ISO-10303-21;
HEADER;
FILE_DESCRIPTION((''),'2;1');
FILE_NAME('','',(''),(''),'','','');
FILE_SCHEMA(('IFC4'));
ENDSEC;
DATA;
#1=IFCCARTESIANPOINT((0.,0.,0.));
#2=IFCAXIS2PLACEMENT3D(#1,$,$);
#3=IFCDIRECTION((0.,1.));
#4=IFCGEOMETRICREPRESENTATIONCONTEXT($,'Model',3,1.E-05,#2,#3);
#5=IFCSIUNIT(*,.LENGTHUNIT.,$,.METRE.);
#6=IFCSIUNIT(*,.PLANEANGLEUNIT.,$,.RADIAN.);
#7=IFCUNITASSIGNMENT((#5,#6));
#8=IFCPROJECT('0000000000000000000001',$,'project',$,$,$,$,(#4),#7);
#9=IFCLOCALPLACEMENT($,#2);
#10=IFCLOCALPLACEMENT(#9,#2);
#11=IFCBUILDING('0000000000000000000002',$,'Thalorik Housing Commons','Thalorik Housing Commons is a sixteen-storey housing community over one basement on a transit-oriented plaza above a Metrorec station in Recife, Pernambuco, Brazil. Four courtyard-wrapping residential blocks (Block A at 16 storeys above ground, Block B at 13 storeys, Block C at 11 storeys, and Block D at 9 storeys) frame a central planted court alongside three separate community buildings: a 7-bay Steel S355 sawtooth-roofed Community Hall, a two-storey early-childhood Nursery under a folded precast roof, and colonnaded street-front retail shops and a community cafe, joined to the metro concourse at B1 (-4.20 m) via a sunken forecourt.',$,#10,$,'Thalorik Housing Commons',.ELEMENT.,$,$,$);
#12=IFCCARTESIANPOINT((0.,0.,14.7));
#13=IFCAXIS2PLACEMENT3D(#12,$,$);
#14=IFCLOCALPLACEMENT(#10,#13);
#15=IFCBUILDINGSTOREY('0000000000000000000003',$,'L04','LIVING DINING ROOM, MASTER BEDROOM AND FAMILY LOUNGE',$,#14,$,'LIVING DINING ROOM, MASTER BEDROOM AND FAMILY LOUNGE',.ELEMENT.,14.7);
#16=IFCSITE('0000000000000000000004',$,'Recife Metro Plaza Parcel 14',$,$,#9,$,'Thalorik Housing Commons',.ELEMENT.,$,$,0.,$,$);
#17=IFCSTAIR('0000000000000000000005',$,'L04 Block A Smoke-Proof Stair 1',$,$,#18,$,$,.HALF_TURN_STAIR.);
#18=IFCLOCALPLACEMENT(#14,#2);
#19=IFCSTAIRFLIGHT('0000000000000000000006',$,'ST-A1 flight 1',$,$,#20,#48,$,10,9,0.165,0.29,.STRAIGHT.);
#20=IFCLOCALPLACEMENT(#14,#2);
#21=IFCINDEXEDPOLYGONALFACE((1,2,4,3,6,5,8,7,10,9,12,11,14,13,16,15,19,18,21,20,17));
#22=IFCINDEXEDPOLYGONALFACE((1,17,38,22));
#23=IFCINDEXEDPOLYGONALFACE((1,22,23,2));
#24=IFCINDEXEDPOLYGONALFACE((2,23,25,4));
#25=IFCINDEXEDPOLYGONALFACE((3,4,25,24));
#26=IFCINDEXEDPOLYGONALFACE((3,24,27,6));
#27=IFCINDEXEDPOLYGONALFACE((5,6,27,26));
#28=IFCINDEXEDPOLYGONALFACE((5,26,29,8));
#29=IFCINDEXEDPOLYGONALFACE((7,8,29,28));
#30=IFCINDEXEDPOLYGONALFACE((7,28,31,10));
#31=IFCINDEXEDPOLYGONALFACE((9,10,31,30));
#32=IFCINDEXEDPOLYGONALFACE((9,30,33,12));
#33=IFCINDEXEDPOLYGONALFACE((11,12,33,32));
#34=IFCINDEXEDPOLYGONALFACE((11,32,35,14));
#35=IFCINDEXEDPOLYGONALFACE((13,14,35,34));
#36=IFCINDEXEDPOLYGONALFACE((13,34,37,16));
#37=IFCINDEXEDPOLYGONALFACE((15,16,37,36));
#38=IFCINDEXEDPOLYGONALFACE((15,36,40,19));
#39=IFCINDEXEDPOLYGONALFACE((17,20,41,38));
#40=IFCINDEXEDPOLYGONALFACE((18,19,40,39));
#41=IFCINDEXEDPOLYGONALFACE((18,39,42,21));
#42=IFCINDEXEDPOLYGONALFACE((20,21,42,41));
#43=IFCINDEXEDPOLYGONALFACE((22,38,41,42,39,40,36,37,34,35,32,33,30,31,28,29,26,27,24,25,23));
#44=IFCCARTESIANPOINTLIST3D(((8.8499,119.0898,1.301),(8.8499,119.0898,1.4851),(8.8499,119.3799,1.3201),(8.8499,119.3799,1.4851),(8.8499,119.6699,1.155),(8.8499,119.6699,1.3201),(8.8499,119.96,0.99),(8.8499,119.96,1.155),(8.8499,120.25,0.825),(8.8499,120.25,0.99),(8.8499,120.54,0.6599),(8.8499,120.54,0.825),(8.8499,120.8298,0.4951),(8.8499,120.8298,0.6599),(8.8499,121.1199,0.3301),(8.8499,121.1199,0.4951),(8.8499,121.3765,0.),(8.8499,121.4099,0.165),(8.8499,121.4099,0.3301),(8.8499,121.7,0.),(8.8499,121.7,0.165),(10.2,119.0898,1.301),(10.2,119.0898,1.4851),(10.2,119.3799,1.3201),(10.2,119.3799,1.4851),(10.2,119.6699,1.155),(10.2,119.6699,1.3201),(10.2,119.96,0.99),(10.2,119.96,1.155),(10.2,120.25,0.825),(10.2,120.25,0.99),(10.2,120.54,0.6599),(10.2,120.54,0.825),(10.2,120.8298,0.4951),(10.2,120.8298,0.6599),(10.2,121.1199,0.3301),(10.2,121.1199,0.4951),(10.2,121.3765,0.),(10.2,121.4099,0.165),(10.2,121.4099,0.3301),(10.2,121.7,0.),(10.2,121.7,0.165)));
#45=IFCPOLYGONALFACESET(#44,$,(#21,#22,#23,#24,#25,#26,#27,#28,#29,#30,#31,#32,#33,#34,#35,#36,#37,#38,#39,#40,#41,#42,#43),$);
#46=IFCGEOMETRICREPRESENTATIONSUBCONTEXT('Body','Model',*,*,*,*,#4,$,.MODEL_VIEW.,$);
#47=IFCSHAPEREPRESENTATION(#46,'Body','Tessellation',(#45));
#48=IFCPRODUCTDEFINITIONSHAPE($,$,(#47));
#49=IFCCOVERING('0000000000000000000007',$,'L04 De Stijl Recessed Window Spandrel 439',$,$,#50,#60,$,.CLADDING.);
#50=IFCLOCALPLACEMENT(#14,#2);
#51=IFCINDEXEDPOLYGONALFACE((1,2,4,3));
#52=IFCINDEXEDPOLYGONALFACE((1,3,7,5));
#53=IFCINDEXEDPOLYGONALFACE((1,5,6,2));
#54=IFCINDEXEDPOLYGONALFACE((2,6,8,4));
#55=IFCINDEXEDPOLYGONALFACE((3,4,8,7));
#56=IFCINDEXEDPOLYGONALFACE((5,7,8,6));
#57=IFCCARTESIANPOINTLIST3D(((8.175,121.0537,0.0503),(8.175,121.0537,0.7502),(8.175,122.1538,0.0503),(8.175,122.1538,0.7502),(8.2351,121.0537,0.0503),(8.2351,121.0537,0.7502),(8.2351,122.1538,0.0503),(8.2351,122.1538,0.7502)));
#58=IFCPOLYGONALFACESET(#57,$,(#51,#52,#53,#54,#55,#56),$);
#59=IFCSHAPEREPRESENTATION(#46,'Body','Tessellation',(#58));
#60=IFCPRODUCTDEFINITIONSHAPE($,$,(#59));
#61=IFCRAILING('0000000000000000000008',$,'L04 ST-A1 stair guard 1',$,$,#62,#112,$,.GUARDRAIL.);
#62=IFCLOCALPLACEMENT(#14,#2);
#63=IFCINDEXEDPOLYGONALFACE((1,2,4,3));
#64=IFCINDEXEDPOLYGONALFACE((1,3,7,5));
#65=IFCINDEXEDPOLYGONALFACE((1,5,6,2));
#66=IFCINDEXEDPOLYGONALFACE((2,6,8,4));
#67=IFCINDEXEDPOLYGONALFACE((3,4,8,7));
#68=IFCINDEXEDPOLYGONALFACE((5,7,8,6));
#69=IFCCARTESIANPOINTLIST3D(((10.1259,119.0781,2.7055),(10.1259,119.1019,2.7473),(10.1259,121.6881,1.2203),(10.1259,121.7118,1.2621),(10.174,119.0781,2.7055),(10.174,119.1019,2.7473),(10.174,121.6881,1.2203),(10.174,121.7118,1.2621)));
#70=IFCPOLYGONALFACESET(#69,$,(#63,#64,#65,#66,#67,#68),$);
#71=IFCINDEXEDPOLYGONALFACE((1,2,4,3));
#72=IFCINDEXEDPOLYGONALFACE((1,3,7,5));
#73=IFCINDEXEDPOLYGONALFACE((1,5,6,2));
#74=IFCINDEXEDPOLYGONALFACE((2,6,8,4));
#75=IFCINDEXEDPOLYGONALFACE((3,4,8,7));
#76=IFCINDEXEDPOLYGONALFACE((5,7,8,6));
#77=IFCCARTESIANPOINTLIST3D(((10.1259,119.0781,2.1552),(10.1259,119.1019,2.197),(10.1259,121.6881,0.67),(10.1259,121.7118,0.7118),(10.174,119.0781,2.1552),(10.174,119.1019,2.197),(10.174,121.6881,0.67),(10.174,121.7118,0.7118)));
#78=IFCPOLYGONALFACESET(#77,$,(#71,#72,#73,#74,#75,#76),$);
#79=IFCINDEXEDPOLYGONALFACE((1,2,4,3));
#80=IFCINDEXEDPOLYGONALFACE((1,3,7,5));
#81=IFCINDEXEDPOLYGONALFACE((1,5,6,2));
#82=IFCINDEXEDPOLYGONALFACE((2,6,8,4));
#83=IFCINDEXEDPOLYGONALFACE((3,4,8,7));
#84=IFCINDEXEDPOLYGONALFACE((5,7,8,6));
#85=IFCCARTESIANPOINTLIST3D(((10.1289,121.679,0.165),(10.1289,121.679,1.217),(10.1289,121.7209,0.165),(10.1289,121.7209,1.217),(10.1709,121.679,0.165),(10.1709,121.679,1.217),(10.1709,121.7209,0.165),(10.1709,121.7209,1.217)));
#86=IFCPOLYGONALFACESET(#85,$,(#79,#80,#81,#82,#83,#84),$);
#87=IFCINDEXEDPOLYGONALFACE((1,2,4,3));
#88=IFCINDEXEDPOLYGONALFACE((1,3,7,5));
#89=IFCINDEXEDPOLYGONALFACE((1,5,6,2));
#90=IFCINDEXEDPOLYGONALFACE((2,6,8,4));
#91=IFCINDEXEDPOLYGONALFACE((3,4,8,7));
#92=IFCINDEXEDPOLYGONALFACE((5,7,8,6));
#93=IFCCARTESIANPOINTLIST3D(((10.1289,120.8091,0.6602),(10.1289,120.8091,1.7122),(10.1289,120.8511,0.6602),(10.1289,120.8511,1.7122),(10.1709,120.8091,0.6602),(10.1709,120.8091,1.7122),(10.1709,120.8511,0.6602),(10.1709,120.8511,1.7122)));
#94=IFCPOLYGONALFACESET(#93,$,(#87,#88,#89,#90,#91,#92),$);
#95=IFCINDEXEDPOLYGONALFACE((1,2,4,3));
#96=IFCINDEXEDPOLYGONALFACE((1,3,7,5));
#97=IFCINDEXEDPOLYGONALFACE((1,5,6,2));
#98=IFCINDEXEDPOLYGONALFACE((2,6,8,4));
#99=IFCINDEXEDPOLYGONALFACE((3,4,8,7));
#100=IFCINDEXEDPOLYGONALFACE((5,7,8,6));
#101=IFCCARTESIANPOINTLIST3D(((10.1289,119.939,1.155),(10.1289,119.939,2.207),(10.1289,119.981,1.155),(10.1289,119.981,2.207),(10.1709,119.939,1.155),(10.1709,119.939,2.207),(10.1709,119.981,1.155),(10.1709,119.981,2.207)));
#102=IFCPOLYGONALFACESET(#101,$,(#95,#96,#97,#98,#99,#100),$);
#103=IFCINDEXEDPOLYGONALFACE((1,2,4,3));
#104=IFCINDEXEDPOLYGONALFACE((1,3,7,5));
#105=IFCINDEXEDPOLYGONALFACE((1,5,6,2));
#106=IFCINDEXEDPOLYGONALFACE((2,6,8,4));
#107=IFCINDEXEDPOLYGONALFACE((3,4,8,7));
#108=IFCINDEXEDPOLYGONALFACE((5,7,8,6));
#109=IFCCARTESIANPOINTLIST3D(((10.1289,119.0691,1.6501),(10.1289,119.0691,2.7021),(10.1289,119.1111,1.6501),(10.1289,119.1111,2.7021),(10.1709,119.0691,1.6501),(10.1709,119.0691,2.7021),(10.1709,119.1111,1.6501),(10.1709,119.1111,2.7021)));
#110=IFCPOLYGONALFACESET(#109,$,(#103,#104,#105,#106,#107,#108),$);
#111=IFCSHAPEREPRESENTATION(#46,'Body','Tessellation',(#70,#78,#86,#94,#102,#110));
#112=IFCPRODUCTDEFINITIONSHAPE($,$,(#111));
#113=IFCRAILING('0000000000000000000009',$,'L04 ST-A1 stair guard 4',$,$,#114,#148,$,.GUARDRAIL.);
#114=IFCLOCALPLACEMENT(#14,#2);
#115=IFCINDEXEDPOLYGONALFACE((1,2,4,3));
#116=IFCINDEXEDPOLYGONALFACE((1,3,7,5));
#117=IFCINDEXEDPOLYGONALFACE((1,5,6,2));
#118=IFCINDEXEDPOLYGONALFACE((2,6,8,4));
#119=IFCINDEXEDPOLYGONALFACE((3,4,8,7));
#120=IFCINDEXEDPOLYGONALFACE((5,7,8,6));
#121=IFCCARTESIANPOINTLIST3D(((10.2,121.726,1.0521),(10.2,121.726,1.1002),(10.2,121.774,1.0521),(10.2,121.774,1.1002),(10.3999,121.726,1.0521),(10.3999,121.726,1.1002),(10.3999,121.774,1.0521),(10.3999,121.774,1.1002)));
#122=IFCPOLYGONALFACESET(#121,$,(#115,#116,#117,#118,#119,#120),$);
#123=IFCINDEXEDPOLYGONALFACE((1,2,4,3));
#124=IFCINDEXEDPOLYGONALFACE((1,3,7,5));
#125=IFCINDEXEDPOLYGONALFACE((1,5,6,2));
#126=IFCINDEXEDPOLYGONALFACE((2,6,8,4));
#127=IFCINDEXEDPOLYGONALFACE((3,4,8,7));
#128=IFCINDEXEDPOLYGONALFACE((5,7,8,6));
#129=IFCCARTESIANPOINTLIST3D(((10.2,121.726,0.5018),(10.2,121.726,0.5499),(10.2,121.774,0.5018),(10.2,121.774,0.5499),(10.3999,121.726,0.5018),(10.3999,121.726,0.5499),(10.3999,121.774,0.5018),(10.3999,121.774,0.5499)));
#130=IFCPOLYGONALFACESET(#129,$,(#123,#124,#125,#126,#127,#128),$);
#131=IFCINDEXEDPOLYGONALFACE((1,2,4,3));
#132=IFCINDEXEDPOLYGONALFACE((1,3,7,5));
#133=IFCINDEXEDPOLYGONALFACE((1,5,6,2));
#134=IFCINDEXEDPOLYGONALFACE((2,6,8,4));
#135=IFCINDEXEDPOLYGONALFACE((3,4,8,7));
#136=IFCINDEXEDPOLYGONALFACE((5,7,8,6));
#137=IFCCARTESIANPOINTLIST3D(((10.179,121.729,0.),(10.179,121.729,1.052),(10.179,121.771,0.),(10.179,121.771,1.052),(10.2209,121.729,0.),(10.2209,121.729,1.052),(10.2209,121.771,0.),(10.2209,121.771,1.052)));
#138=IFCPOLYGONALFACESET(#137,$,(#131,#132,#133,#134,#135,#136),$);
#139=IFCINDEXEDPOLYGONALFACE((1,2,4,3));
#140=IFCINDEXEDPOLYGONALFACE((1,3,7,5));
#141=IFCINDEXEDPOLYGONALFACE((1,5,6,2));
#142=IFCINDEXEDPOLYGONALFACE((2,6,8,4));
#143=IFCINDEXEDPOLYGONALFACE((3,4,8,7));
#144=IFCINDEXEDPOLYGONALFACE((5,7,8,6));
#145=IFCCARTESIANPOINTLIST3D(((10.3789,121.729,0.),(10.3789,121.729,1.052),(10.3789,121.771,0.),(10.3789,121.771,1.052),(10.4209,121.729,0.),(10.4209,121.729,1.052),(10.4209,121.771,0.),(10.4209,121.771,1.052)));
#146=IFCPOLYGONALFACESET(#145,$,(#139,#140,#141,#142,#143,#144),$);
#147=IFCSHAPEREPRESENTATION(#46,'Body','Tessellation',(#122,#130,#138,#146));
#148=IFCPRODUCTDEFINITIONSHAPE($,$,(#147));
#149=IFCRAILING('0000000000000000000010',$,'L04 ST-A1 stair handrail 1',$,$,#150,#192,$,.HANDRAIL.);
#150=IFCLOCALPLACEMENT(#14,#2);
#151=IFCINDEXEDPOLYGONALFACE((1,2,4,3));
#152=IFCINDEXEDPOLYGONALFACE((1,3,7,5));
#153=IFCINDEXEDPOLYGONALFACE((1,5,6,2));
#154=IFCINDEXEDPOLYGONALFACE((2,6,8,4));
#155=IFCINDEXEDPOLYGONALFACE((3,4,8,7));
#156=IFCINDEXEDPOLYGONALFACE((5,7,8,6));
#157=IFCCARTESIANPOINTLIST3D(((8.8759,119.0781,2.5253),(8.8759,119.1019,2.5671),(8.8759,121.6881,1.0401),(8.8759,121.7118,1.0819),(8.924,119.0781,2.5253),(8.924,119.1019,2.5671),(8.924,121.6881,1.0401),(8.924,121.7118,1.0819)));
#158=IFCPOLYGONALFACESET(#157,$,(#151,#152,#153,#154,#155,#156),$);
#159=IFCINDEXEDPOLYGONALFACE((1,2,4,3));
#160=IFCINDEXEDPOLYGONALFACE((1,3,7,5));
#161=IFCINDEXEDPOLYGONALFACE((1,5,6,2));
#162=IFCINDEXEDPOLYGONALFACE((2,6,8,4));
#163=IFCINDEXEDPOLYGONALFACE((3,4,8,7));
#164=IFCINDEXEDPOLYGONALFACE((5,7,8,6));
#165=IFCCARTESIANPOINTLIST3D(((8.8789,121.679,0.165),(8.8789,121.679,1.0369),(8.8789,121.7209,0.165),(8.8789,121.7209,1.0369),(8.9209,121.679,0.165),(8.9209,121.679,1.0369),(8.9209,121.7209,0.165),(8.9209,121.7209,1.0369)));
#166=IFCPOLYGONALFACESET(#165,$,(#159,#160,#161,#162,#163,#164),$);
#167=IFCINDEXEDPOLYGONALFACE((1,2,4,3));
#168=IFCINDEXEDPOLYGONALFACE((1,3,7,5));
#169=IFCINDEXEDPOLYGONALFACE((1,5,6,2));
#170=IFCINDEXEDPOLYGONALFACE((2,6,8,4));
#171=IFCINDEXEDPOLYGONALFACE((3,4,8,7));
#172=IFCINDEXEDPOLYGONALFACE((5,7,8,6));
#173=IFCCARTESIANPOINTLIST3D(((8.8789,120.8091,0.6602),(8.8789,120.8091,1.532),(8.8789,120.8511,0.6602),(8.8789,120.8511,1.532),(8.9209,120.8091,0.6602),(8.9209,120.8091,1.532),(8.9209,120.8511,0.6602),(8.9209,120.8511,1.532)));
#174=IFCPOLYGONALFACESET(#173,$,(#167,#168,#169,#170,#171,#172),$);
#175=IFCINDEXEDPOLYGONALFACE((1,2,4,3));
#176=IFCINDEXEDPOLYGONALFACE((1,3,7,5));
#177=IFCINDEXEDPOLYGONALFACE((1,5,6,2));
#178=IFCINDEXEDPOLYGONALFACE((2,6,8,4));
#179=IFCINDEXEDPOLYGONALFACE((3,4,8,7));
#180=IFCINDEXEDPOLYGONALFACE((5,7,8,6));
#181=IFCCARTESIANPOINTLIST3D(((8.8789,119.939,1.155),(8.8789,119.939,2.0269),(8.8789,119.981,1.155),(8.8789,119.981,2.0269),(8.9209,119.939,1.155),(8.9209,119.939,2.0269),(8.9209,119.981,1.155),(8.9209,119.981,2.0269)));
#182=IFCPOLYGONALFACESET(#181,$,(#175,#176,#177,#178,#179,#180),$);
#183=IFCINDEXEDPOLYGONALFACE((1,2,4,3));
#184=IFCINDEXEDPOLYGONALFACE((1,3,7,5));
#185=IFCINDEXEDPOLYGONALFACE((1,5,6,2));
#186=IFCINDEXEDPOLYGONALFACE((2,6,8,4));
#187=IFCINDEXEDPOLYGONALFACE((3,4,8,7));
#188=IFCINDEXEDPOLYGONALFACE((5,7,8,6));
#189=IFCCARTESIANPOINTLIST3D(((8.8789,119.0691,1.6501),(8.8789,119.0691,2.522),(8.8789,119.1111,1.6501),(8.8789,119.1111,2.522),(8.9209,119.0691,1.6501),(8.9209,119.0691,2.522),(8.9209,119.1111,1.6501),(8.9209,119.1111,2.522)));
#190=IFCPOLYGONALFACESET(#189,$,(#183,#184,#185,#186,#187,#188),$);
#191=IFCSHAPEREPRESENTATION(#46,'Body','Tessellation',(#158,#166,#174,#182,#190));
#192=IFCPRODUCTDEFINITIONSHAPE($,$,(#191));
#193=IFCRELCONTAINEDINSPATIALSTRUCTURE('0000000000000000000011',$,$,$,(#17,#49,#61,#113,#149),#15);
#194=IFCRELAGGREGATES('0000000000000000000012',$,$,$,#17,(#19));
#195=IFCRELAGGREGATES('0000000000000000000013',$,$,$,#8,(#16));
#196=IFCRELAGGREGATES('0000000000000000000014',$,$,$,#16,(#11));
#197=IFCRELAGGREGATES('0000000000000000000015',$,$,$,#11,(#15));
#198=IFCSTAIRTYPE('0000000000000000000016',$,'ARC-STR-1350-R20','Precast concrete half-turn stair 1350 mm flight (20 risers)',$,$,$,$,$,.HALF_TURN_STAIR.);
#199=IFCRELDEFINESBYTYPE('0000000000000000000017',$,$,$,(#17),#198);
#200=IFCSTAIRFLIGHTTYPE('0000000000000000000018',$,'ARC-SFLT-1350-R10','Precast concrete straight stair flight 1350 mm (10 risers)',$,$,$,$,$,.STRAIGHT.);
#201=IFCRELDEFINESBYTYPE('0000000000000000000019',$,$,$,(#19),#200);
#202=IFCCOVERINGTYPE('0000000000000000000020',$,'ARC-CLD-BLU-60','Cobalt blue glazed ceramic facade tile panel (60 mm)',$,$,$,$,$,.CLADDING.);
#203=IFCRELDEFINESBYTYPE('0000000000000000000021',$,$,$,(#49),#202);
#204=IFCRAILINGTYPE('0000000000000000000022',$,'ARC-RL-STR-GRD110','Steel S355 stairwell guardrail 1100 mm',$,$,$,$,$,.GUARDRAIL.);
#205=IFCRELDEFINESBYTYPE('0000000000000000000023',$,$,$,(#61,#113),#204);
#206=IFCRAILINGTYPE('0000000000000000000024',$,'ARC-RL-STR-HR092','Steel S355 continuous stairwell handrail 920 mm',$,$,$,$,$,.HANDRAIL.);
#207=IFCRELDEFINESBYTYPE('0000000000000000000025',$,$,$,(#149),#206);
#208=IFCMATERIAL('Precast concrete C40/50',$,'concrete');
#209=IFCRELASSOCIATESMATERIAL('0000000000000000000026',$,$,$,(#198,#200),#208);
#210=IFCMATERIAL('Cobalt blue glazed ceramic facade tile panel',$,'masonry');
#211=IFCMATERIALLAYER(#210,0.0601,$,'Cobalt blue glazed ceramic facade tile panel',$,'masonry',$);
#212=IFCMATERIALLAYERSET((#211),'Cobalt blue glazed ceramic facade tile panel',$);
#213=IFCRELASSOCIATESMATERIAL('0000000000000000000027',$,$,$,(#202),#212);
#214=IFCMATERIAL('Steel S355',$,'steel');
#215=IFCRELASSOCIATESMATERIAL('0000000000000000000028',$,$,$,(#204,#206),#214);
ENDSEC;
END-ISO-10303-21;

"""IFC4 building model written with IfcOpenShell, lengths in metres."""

from ifc_helpers import new_model, si_unit, direction, frame, origin, origin_2d, place, context, subcontext, project, spatial, polyline, rectangle, outline, extrude, material, layer, layer_set, type_object, element, aggregate, save


model = new_model("IFC4")

# Units and contexts
model_context = context("Model", 3, precision=1e-05, world=origin(), true_north=direction((0.0, 1.0)))
body_context = subcontext(model_context, "Body", "Model", "MODEL_VIEW")
ifc_project = project(units=[si_unit("LENGTHUNIT", "METRE"), si_unit("PLANEANGLEUNIT", "RADIAN")], contexts=[model_context])

# Site, building, storey
site_placement = place(None, origin())
site = spatial("IfcSite", under=ifc_project, at=site_placement, Name="Recife Metro Plaza Parcel 14", LongName="Thalorik Housing Commons", CompositionType="ELEMENT", RefElevation=0.0)
building_placement = place(site_placement, origin())
building = spatial("IfcBuilding", under=site, at=building_placement, Name="Thalorik Housing Commons", Description="Thalorik Housing Commons is a sixteen-storey housing community over one basement on a transit-oriented plaza above a Metrorec station in Recife, Pernambuco, Brazil. Four courtyard-wrapping residential blocks (Block A at 16 storeys above ground, Block B at 13 storeys, Block C at 11 storeys, and Block D at 9 storeys) frame a central planted court alongside three separate community buildings: a 7-bay Steel S355 sawtooth-roofed Community Hall, a two-storey early-childhood Nursery under a folded precast roof, and colonnaded street-front retail shops and a community cafe, joined to the metro concourse at B1 (-4.20 m) via a sunken forecourt.", LongName="Thalorik Housing Commons", CompositionType="ELEMENT")
storey_placement = place(building_placement, frame((0.0, 0.0, 14.7)))
storey = spatial("IfcBuildingStorey", under=building, at=storey_placement, Name="L04", Description="LIVING DINING ROOM, MASTER BEDROOM AND FAMILY LOUNGE", LongName="LIVING DINING ROOM, MASTER BEDROOM AND FAMILY LOUNGE", CompositionType="ELEMENT", Elevation=14.7)

# Shared definitions
ifc_material_1 = material(Name="Precast concrete C40/50", Category="concrete")

# Shared definitions
ifc_material_2 = material(Name="Steel S355", Category="steel")

# Stair, stair flight
stair_type = type_object("IfcStairType", Name="ARC-STR-1350-R20", Description="Precast concrete half-turn stair 1350 mm flight (20 risers)", PredefinedType="HALF_TURN_STAIR", material=ifc_material_1)
stair_placement = place(storey_placement, origin())
stair = element("IfcStair", 1, at=stair_placement, inside=storey, type_object=stair_type, Name="L04 Block A Smoke-Proof Stair 1", PredefinedType="HALF_TURN_STAIR")
stair_flight_type = type_object("IfcStairFlightType", Name="ARC-SFLT-1350-R10", Description="Precast concrete straight stair flight 1350 mm (10 risers)", PredefinedType="STRAIGHT", material=ifc_material_1)
stair_flight_placement = place(storey_placement, frame((9.5249, 121.7, 0.0), z_axis=(0.0, 0.0, 1.0), x_axis=(0.0, -1.0, 0.0)))
stair_flight = element("IfcStairFlight", 2, at=stair_flight_placement, type_object=stair_flight_type, Name="ST-A1 flight 1", NumberOfRisers=10, NumberOfTreads=9, PredefinedType="STRAIGHT", RiserHeight=0.165, TreadLength=0.29, context=body_context, shape_type="SweptSolid", body=[
    extrude(outline(polyline([(0.0, 0.0), (0.0, 0.165), (0.29, 0.165), (0.29, 0.3301), (0.5801, 0.3301), (0.5801, 0.4951), (0.8701, 0.4951), (0.8701, 0.6599), (1.1599, 0.6599), (1.1599, 0.825), (1.45, 0.825), (1.45, 0.99), (1.74, 0.99), (1.74, 1.155), (2.03, 1.155), (2.03, 1.3201), (2.3201, 1.3201), (2.3201, 1.4851), (2.6101, 1.4851), (2.6101, 1.6499), (2.6101, 1.301), (0.3235, 0.0), (0.0, 0.0)])), frame((0.0, 0.675, 0.0), z_axis=(0.0, -1.0, 0.0), x_axis=(1.0, 0.0, 0.0)), (0.0, 0.0, 1.0), 1.3501),
])
aggregate(stair, [stair_flight])

# Covering
ifc_material_3 = material(Name="Cobalt blue glazed ceramic facade tile panel", Category="masonry")
ifc_layer_1 = layer(ifc_material_3, 0.0601, Name="Cobalt blue glazed ceramic facade tile panel", Category="masonry")
ifc_layer_set_1 = layer_set([ifc_layer_1], Name="Cobalt blue glazed ceramic facade tile panel")
covering_type = type_object("IfcCoveringType", Name="ARC-CLD-BLU-60", Description="Cobalt blue glazed ceramic facade tile panel (60 mm)", PredefinedType="CLADDING", material=ifc_layer_set_1)
covering_placement = place(storey_placement, frame((8.2051, 121.6038, 0.0503), z_axis=(0.0, 0.0, 1.0), x_axis=(0.0, -1.0, 0.0)))
element("IfcCovering", 3, at=covering_placement, inside=storey, type_object=covering_type, Name="L04 De Stijl Recessed Window Spandrel 439", PredefinedType="CLADDING", context=body_context, shape_type="SweptSolid", body=[
    extrude(rectangle(XDim=1.1001, YDim=0.0601, at=origin_2d()), origin(), (0.0, 0.0, 1.0), 0.7),
])

# Railings
railing_type_1 = type_object("IfcRailingType", Name="ARC-RL-STR-GRD110", Description="Steel S355 stairwell guardrail 1100 mm", PredefinedType="GUARDRAIL", material=ifc_material_2)
railing_1_placement = place(storey_placement, frame((10.1499, 121.7, 0.165)))
element("IfcRailing", 4, at=railing_1_placement, inside=storey, type_object=railing_type_1, Name="L04 ST-A1 stair guard 1", PredefinedType="GUARDRAIL", context=body_context, shape_type="SweptSolid", body=[
    extrude(rectangle(XDim=0.0481, YDim=0.0481, at=origin_2d()), frame((0.0, 0.0, 1.0762), z_axis=(0.0, -0.869137, 0.494571), x_axis=(1.0, 0.0, 0.0)), (0.0, 0.0, 1.0), 3.0029),
    extrude(rectangle(XDim=0.0481, YDim=0.0481, at=origin_2d()), frame((0.0, 0.0, 0.5259), z_axis=(0.0, -0.869137, 0.494571), x_axis=(1.0, 0.0, 0.0)), (0.0, 0.0, 1.0), 3.0029),
    extrude(rectangle(XDim=0.042, YDim=0.042, at=origin_2d()), origin(), (0.0, 0.0, 1.0), 1.052),
    extrude(rectangle(XDim=0.042, YDim=0.042, at=origin_2d()), frame((0.0, -0.8699, 0.4951)), (0.0, 0.0, 1.0), 1.052),
    extrude(rectangle(XDim=0.042, YDim=0.042, at=origin_2d()), frame((0.0, -1.74, 0.99)), (0.0, 0.0, 1.0), 1.052),
    extrude(rectangle(XDim=0.042, YDim=0.042, at=origin_2d()), frame((0.0, -2.6099, 1.4851)), (0.0, 0.0, 1.0), 1.052),
])
railing_2_placement = place(storey_placement, frame((10.2, 121.75, 0.0)))
element("IfcRailing", 5, at=railing_2_placement, inside=storey, type_object=railing_type_1, Name="L04 ST-A1 stair guard 4", PredefinedType="GUARDRAIL", context=body_context, shape_type="SweptSolid", body=[
    extrude(rectangle(XDim=0.0481, YDim=0.0481, at=origin_2d()), frame((0.0, 0.0, 1.0762), z_axis=(1.0, 0.0, 0.0), x_axis=(0.0, 1.0, 0.0)), (0.0, 0.0, 1.0), 0.2),
    extrude(rectangle(XDim=0.0481, YDim=0.0481, at=origin_2d()), frame((0.0, 0.0, 0.5259), z_axis=(1.0, 0.0, 0.0), x_axis=(0.0, 1.0, 0.0)), (0.0, 0.0, 1.0), 0.2),
    extrude(rectangle(XDim=0.042, YDim=0.042, at=origin_2d()), origin(), (0.0, 0.0, 1.0), 1.052),
    extrude(rectangle(XDim=0.042, YDim=0.042, at=origin_2d()), frame((0.2, 0.0, 0.0)), (0.0, 0.0, 1.0), 1.052),
])
railing_type_2 = type_object("IfcRailingType", Name="ARC-RL-STR-HR092", Description="Steel S355 continuous stairwell handrail 920 mm", PredefinedType="HANDRAIL", material=ifc_material_2)
railing_3_placement = place(storey_placement, frame((8.8999, 121.7, 0.165)))
element("IfcRailing", 6, at=railing_3_placement, inside=storey, type_object=railing_type_2, Name="L04 ST-A1 stair handrail 1", PredefinedType="HANDRAIL", context=body_context, shape_type="SweptSolid", body=[
    extrude(rectangle(XDim=0.0481, YDim=0.0481, at=origin_2d()), frame((0.0, 0.0, 0.896), z_axis=(0.0, -0.869137, 0.494571), x_axis=(1.0, 0.0, 0.0)), (0.0, 0.0, 1.0), 3.0029),
    extrude(rectangle(XDim=0.042, YDim=0.042, at=origin_2d()), origin(), (0.0, 0.0, 1.0), 0.8718),
    extrude(rectangle(XDim=0.042, YDim=0.042, at=origin_2d()), frame((0.0, -0.8699, 0.4951)), (0.0, 0.0, 1.0), 0.8718),
    extrude(rectangle(XDim=0.042, YDim=0.042, at=origin_2d()), frame((0.0, -1.74, 0.99)), (0.0, 0.0, 1.0), 0.8718),
    extrude(rectangle(XDim=0.042, YDim=0.042, at=origin_2d()), frame((0.0, -2.6099, 1.4851)), (0.0, 0.0, 1.0), 0.8718),
])

save(model, "model.ifc")
